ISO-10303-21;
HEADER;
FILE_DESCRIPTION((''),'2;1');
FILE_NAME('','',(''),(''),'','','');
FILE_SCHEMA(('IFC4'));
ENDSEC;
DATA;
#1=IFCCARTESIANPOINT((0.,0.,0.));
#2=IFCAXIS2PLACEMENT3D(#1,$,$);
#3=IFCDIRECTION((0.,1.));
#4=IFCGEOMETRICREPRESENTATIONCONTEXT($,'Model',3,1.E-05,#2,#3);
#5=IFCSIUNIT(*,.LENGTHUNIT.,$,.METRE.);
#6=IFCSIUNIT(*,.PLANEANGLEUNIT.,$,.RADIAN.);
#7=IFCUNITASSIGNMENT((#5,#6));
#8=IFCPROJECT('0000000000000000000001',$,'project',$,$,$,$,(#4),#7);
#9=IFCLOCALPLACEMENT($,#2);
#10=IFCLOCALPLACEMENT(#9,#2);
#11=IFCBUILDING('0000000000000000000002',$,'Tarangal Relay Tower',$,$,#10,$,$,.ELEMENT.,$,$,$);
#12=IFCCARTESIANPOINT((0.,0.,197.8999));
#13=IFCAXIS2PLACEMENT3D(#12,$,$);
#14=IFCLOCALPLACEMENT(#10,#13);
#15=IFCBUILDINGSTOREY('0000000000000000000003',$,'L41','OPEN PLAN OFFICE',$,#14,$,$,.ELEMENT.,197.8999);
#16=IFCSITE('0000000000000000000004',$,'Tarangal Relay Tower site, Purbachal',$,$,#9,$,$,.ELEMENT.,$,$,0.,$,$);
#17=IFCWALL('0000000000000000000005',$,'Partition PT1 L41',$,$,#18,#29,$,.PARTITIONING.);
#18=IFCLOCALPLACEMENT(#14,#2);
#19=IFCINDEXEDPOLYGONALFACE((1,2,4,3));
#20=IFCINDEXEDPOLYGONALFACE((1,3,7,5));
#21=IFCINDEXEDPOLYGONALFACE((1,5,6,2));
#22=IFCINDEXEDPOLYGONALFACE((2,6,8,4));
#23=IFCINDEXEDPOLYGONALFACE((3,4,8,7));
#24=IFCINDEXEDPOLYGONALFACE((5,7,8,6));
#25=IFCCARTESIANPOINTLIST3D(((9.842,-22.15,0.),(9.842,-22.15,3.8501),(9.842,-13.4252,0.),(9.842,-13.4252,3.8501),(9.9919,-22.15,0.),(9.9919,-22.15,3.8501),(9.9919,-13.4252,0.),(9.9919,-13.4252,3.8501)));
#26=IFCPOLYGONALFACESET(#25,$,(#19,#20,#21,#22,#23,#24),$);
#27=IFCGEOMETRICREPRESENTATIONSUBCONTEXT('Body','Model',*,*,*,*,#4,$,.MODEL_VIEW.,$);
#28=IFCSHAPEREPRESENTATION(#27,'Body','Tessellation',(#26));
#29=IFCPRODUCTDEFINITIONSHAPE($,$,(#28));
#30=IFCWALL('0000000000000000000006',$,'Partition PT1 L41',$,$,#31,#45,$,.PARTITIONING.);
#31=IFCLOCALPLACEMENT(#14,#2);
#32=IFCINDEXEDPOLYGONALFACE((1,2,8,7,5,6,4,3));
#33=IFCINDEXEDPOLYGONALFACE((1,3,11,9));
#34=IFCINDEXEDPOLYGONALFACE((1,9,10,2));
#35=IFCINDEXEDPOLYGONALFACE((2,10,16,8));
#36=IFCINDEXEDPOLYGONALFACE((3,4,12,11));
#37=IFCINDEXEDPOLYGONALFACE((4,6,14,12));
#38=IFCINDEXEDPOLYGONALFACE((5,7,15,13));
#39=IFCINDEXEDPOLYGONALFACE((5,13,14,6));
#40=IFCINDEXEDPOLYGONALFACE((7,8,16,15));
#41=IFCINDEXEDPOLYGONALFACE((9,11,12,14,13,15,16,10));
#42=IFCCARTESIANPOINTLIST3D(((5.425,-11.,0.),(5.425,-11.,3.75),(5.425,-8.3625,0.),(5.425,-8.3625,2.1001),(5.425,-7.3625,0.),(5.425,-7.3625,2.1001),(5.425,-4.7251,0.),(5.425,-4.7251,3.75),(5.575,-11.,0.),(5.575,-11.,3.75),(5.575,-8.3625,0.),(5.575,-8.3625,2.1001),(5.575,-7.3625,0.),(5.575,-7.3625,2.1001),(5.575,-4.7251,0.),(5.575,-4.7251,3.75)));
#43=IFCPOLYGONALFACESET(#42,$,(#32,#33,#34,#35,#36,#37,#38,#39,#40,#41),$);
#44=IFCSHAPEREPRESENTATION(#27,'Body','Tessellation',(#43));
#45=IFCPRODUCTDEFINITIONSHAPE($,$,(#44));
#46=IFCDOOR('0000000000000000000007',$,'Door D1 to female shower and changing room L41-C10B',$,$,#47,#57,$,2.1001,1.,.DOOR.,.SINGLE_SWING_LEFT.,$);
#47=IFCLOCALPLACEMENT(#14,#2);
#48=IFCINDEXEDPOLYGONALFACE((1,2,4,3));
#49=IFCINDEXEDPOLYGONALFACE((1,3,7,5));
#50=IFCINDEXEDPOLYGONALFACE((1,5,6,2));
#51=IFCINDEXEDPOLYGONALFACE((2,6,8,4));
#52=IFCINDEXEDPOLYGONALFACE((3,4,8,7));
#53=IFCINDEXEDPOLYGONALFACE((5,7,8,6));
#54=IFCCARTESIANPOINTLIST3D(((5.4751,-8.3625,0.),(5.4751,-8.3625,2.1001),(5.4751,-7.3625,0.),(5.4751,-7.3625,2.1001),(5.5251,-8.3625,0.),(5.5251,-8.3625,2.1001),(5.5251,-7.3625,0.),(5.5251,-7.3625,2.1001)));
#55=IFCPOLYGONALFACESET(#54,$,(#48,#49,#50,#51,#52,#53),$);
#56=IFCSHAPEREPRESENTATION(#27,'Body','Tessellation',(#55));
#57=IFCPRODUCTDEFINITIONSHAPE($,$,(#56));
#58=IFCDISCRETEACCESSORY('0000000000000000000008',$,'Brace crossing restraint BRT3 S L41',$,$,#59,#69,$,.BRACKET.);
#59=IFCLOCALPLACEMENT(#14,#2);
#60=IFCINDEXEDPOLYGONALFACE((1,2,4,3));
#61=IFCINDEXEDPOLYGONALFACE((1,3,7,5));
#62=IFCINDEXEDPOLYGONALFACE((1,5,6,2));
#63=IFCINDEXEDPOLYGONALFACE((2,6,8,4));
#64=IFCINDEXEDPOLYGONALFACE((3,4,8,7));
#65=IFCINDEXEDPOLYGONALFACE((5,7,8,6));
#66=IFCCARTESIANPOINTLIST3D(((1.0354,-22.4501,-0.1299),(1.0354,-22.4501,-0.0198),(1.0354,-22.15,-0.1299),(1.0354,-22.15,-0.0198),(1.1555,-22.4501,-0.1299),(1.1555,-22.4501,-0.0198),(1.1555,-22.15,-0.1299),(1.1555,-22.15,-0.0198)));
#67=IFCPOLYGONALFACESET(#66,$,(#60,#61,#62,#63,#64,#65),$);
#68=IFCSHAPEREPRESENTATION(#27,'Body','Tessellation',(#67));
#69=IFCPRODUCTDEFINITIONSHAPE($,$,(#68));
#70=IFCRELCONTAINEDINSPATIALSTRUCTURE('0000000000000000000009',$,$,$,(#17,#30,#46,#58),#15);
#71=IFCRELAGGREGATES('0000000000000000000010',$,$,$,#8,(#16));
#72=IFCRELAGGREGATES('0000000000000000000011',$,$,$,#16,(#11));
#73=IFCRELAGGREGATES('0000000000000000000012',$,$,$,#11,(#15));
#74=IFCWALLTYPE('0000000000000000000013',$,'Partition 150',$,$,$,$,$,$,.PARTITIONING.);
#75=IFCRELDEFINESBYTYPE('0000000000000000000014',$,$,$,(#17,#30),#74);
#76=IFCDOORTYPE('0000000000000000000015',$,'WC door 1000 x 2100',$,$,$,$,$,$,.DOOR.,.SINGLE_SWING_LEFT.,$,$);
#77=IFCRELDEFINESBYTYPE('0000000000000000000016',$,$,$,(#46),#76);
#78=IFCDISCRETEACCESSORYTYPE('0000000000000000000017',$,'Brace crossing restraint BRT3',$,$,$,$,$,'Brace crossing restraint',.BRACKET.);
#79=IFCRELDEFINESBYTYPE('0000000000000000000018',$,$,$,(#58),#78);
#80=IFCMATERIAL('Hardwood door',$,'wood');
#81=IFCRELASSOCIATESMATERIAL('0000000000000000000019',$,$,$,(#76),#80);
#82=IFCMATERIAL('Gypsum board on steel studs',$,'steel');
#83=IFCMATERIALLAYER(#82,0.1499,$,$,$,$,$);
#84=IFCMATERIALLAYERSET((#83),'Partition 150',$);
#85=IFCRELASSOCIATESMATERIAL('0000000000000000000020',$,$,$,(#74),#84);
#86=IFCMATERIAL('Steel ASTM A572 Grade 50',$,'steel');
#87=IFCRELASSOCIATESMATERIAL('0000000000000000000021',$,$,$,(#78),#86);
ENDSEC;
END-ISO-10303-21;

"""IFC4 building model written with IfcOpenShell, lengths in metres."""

from ifc_helpers import new_model, si_unit, direction, frame, frame_2d, origin, origin_2d, place, context, subcontext, project, spatial, rectangle, extrude, material, layer, layer_set, type_object, element, fill, save


model = new_model("IFC4")

# Units and contexts
model_context = context("Model", 3, precision=1e-05, world=origin(), true_north=direction((0.0, 1.0)))
body_context = subcontext(model_context, "Body", "Model", "MODEL_VIEW")
ifc_project = project(units=[si_unit("LENGTHUNIT", "METRE"), si_unit("PLANEANGLEUNIT", "RADIAN")], contexts=[model_context])

# Site, building, storey
site_placement = place(None, origin())
site = spatial("IfcSite", under=ifc_project, at=site_placement, Name="Tarangal Relay Tower site, Purbachal", CompositionType="ELEMENT", RefElevation=0.0)
building_placement = place(site_placement, origin())
building = spatial("IfcBuilding", under=site, at=building_placement, Name="Tarangal Relay Tower", CompositionType="ELEMENT")
storey_placement = place(building_placement, frame((0.0, 0.0, 197.8999)))
storey = spatial("IfcBuildingStorey", under=building, at=storey_placement, Name="L41", Description="OPEN PLAN OFFICE", CompositionType="ELEMENT", Elevation=197.8999)

# Shared definitions
ifc_material_1 = material(Name="Steel ASTM A572 Grade 50", Category="steel")

# Shared definitions
ifc_material_2 = material(Name="Hardwood door", Category="wood")
door_type = type_object("IfcDoorType", Name="WC door 1000 x 2100", OperationType="SINGLE_SWING_LEFT", PredefinedType="DOOR", material=ifc_material_2)

# Wall
ifc_material_3 = material(Name="Gypsum board on steel studs", Category="steel")
ifc_layer_1 = layer(ifc_material_3, 0.1499)
ifc_layer_set_1 = layer_set([ifc_layer_1], Name="Partition 150")
wall_type_1 = type_object("IfcWallType", Name="Partition 150", PredefinedType="PARTITIONING", material=ifc_layer_set_1)
wall_1_placement = place(storey_placement, frame((9.917, -22.1499, 0.0), z_axis=(0.0, 0.0, 1.0), x_axis=(0.0, 1.0, 0.0)))
element("IfcWall", 1, at=wall_1_placement, inside=storey, type_object=wall_type_1, Name="Partition PT1 L41", PredefinedType="PARTITIONING", context=body_context, shape_type="SweptSolid", body=[
    extrude(rectangle(XDim=8.7249, YDim=0.1499, at=frame_2d((4.3623, 0.0))), origin(), (0.0, 0.0, 1.0), 3.8501),
])

# Wall, opening, door
wall_2_placement = place(storey_placement, frame((5.5, -11.0, 0.0), z_axis=(0.0, 0.0, 1.0), x_axis=(0.0, 1.0, 0.0)))
wall_2 = element("IfcWall", 2, at=wall_2_placement, inside=storey, type_object=wall_type_1, Name="Partition PT1 L41", PredefinedType="PARTITIONING", context=body_context, shape_type="SweptSolid", body=[
    extrude(rectangle(XDim=6.2749, YDim=0.1499, at=frame_2d((3.1375, 0.0))), origin(), (0.0, 0.0, 1.0), 3.75),
])
opening_1_placement = place(wall_2_placement, frame((2.6375, 0.0, 0.0)))
opening_1 = element("IfcOpeningElement", 3, at=opening_1_placement, cuts=wall_2, PredefinedType="OPENING", context=body_context, shape_type="SweptSolid", body=[
    extrude(rectangle(XDim=1.0, YDim=2.1001, at=frame_2d((0.5, 1.05))), frame((0.0, 0.085, 0.0), z_axis=(0.0, -1.0, 0.0), x_axis=(1.0, 0.0, 0.0)), (0.0, 0.0, 1.0), 0.1699),
])
door_1_placement = place(opening_1_placement, origin())
door_1 = element("IfcDoor", 4, at=door_1_placement, inside=storey, type_object=door_type, Name="Door D1 to female shower and changing room L41-C10B", OperationType="SINGLE_SWING_LEFT", OverallHeight=2.1001, OverallWidth=1.0, PredefinedType="DOOR", context=body_context, shape_type="SweptSolid", body=[
    extrude(rectangle(XDim=1.0, YDim=2.1001, at=frame_2d((0.5, 1.05))), frame((0.0, 0.0249, 0.0), z_axis=(0.0, -1.0, 0.0), x_axis=(1.0, 0.0, 0.0)), (0.0, 0.0, 1.0), 0.05),
])
fill(opening_1, door_1)

# Discrete accessory
discrete_accessory_type = type_object("IfcDiscreteAccessoryType", Name="Brace crossing restraint BRT3", ElementType="Brace crossing restraint", PredefinedType="BRACKET", material=ifc_material_1)
discrete_accessory_placement = place(storey_placement, frame((1.0955, -22.3, -0.1299), z_axis=(0.0, 0.0, 1.0), x_axis=(1.0, 0.0, 0.0)))
element("IfcDiscreteAccessory", 5, at=discrete_accessory_placement, inside=storey, type_object=discrete_accessory_type, Name="Brace crossing restraint BRT3 S L41", PredefinedType="BRACKET", context=body_context, shape_type="SweptSolid", body=[
    extrude(rectangle(XDim=0.1201, YDim=0.3, at=origin_2d()), origin(), (0.0, 0.0, 1.0), 0.1101),
])

save(model, "model.ifc")
